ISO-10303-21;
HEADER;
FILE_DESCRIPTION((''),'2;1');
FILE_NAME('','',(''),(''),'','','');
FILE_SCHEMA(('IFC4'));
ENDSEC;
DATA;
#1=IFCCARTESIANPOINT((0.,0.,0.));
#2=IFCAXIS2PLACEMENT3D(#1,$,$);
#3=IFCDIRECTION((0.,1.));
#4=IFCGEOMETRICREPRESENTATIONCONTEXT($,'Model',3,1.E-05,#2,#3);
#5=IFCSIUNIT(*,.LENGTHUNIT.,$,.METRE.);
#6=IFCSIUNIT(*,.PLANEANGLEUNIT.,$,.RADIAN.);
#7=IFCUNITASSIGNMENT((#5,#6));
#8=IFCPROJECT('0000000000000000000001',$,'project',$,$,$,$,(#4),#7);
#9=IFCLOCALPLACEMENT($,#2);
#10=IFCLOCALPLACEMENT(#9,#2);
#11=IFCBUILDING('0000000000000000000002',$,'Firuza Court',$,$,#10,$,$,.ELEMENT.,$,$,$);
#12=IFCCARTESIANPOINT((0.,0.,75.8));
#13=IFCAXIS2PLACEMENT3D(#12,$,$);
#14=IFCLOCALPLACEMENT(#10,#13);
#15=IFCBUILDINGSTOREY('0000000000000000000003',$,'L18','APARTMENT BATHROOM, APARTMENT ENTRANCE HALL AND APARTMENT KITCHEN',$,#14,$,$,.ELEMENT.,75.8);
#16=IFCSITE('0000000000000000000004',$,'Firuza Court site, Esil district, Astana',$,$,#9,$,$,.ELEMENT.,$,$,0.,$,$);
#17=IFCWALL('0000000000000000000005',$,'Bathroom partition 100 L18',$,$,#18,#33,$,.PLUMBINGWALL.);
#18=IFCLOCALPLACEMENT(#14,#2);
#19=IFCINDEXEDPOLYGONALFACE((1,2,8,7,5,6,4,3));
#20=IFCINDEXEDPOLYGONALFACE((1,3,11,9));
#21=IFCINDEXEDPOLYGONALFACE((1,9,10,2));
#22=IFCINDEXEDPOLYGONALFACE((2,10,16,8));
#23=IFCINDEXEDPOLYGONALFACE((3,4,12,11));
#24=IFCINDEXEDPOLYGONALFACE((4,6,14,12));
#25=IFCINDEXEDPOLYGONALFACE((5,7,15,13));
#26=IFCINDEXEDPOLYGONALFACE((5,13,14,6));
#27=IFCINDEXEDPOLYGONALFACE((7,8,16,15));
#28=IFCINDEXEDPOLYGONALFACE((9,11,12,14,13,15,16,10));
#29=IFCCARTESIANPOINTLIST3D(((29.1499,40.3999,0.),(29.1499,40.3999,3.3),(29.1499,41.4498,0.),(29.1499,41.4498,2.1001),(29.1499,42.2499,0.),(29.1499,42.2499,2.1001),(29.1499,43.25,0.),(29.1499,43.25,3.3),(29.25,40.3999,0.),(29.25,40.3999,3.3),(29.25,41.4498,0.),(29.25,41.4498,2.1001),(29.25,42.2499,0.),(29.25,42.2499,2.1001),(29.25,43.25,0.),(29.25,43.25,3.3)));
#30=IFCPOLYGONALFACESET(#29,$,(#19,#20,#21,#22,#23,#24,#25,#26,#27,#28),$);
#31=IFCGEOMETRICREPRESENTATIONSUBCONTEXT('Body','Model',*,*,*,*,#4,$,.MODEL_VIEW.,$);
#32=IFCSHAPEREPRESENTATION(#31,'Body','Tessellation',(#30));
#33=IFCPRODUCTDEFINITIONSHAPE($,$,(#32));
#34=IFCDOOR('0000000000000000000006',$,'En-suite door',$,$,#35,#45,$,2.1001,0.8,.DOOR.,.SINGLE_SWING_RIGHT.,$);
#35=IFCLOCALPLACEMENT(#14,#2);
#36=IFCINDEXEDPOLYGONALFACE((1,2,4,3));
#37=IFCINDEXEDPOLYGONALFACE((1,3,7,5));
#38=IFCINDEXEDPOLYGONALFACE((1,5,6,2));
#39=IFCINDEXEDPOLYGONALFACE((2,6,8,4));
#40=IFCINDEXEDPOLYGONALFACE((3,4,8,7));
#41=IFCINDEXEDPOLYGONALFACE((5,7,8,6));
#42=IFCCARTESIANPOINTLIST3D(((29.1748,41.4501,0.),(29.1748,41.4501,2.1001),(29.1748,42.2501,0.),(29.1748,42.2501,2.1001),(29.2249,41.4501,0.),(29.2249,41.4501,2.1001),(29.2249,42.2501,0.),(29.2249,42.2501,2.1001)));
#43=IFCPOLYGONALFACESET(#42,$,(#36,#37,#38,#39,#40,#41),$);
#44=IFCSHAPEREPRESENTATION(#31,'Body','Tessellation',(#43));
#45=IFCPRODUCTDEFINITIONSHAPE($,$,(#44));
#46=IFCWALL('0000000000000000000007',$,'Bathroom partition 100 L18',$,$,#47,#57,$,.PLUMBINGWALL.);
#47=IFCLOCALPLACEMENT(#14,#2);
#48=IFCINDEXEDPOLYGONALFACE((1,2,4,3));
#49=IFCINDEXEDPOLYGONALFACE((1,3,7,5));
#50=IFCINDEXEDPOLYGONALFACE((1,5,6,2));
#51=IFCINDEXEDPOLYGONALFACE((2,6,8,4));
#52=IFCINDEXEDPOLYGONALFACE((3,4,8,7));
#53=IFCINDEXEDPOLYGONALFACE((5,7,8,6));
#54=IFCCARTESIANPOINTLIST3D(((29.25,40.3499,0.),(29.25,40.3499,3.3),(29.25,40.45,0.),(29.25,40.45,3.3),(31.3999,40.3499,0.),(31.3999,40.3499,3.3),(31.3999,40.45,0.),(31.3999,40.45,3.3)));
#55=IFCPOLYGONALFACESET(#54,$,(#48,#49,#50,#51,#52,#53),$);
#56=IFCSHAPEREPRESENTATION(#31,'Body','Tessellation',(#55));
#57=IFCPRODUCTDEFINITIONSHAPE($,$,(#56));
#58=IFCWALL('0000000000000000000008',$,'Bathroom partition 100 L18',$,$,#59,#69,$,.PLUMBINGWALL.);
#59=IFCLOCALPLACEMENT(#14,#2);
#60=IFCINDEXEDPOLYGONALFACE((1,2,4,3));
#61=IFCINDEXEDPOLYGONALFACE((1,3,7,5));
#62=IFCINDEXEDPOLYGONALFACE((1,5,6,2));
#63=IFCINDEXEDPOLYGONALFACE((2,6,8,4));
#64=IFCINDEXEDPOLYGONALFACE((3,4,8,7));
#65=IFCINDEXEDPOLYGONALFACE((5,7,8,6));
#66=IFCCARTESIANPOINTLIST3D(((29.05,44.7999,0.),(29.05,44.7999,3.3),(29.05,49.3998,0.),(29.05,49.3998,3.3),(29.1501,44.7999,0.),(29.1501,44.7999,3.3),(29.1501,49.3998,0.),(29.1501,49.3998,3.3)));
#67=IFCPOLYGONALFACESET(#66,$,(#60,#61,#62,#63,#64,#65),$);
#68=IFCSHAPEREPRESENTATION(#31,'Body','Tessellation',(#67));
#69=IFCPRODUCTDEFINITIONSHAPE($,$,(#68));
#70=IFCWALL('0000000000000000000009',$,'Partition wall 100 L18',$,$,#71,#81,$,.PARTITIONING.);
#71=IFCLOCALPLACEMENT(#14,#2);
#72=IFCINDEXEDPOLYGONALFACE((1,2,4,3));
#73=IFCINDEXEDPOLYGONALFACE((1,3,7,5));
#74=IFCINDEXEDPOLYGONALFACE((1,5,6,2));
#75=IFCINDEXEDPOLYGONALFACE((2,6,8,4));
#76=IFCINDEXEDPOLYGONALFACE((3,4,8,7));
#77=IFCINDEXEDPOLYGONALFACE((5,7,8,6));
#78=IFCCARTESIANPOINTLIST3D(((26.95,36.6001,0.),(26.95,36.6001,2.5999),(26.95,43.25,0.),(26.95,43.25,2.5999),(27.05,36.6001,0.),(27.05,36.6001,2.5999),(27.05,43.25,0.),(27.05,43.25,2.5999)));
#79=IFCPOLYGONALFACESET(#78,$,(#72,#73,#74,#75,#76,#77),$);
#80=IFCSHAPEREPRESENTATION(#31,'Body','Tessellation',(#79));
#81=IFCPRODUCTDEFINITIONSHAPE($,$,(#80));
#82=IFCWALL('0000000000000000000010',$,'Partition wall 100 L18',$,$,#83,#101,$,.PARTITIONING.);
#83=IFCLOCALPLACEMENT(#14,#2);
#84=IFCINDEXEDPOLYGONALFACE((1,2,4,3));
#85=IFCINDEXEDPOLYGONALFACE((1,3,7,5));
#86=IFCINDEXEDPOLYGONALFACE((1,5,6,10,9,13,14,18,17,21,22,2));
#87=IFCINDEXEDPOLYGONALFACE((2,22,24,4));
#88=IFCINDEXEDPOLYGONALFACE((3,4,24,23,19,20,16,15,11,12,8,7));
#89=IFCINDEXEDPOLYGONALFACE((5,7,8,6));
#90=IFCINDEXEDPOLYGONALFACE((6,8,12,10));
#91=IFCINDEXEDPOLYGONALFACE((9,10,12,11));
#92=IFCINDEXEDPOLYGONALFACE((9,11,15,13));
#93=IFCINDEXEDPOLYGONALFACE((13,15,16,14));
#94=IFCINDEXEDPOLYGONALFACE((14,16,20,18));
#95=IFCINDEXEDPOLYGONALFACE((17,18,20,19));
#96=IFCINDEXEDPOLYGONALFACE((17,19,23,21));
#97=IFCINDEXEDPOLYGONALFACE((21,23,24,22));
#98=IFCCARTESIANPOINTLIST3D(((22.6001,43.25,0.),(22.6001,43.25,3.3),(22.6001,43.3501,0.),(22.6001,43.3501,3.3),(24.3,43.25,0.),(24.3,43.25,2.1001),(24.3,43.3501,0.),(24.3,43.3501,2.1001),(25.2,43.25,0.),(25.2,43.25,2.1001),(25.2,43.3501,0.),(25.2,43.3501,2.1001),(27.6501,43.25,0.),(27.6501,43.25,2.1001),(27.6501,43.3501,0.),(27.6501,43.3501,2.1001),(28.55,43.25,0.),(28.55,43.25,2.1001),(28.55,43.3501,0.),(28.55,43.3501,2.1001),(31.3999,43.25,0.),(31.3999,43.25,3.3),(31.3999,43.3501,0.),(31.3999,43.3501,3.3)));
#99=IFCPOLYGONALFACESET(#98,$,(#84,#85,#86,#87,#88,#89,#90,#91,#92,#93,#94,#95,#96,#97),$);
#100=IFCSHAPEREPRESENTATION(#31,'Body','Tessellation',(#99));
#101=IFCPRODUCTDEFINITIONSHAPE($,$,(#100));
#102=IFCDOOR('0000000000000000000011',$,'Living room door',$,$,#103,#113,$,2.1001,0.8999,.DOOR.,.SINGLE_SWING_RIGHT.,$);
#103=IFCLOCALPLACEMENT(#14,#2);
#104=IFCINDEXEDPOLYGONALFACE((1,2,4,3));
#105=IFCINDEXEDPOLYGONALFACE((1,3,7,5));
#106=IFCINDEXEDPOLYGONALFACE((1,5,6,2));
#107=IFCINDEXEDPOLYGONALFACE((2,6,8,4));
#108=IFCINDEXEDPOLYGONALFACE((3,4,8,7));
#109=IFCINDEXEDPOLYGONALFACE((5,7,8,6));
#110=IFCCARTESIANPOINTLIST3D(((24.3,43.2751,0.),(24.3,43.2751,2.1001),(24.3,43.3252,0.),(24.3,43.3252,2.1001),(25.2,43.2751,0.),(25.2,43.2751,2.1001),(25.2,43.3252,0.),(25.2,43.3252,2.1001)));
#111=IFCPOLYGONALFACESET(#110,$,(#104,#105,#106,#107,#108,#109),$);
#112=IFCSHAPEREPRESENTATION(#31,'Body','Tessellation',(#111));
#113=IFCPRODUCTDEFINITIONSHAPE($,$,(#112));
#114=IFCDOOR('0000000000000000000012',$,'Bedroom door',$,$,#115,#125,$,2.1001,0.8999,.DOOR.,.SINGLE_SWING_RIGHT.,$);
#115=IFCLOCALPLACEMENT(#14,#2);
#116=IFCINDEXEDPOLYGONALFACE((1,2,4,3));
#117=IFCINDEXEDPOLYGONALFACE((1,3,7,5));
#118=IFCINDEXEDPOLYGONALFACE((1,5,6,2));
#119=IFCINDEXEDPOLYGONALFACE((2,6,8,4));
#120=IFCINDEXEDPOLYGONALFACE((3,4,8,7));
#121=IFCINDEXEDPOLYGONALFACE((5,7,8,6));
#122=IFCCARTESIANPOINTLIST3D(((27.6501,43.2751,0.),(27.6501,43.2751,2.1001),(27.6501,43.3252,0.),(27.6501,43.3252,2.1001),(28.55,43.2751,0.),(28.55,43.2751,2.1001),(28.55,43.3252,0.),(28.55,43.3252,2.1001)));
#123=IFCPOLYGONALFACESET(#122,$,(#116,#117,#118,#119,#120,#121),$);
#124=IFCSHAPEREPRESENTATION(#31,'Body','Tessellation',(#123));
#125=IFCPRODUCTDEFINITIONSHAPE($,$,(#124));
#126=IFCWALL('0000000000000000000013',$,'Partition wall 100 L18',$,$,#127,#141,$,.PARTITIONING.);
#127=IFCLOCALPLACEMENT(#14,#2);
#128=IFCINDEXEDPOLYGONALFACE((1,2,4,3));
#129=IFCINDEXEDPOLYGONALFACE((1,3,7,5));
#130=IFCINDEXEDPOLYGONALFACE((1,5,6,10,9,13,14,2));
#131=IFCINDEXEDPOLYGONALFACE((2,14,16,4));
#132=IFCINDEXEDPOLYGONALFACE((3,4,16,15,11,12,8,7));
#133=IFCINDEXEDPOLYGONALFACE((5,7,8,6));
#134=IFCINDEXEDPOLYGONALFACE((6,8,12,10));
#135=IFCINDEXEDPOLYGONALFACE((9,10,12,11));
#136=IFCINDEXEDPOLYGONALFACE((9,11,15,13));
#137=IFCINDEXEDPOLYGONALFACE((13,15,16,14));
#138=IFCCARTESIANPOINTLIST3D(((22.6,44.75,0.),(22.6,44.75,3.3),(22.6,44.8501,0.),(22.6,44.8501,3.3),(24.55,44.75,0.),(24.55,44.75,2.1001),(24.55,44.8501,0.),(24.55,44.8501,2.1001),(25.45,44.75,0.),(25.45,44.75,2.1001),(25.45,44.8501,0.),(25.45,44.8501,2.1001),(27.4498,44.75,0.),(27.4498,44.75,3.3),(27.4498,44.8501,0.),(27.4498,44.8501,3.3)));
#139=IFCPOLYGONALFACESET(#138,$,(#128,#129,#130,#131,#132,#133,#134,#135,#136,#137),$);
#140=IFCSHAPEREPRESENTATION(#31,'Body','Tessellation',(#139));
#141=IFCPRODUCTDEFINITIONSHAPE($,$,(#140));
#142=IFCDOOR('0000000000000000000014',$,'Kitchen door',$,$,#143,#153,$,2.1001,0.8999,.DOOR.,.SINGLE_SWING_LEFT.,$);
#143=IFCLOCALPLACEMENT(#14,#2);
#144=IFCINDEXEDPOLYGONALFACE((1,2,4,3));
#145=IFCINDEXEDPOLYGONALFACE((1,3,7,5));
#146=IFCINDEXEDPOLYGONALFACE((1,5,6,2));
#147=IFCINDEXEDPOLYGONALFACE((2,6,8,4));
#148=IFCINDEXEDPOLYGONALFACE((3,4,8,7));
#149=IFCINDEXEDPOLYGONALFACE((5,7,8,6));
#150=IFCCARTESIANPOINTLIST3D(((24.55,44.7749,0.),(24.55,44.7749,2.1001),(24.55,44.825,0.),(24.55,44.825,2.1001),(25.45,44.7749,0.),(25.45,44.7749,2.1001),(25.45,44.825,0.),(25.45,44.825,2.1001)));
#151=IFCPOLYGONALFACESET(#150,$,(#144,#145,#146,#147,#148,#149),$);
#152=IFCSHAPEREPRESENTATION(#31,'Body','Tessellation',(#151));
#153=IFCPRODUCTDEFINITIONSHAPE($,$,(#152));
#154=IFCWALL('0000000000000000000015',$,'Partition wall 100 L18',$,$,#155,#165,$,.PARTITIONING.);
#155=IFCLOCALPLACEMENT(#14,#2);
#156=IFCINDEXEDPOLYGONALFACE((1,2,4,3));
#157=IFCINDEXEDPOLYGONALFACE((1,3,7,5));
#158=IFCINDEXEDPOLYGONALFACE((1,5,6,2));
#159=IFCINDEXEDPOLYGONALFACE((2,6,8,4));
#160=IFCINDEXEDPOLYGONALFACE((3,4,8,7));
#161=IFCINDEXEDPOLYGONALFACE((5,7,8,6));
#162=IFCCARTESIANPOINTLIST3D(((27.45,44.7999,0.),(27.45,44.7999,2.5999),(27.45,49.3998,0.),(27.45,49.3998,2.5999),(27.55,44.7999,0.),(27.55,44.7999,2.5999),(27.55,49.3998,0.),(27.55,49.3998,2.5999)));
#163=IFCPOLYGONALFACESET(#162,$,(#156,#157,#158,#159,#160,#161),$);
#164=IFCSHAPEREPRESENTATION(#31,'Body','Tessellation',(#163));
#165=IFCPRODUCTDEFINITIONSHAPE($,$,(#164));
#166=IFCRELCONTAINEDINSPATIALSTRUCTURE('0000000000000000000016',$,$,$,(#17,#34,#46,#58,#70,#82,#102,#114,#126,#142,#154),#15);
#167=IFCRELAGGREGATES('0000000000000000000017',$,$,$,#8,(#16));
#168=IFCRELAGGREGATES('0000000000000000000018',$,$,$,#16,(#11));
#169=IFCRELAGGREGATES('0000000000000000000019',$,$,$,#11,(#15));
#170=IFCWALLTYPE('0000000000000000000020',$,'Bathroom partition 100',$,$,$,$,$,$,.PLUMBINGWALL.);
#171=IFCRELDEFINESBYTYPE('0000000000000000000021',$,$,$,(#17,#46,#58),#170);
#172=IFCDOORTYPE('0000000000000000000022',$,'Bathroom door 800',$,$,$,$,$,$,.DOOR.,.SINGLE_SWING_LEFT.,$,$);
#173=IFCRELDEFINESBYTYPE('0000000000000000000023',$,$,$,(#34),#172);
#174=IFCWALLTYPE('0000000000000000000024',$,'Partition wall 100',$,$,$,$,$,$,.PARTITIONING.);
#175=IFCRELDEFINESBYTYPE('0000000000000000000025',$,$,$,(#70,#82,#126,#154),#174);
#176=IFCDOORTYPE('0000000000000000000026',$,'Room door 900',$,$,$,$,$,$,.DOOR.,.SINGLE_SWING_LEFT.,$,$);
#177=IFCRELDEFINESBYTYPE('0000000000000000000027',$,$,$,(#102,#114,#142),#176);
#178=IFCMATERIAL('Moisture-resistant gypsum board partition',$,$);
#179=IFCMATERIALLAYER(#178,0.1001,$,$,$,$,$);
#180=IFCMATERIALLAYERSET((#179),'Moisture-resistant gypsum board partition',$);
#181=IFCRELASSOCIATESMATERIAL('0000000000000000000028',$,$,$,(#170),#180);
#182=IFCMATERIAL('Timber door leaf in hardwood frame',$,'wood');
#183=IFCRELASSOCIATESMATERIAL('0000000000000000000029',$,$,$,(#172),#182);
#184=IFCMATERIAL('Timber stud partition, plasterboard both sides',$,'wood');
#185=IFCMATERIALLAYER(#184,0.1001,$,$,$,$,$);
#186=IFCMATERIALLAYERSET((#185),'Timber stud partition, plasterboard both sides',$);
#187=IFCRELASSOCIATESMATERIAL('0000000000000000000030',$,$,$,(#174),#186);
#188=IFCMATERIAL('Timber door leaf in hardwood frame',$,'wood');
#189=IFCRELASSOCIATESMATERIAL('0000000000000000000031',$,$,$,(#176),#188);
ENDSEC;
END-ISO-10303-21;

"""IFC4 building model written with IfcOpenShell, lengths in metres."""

from ifc_helpers import new_model, si_unit, direction, frame, frame_2d, origin, place, context, subcontext, project, spatial, rectangle, extrude, material, layer, layer_set, type_object, element, fill, save


model = new_model("IFC4")

# Units and contexts
model_context = context("Model", 3, precision=1e-05, world=origin(), true_north=direction((0.0, 1.0)))
body_context = subcontext(model_context, "Body", "Model", "MODEL_VIEW")
ifc_project = project(units=[si_unit("LENGTHUNIT", "METRE"), si_unit("PLANEANGLEUNIT", "RADIAN")], contexts=[model_context])

# Site, building, storey
site_placement = place(None, origin())
site = spatial("IfcSite", under=ifc_project, at=site_placement, Name="Firuza Court site, Esil district, Astana", CompositionType="ELEMENT", RefElevation=0.0)
building_placement = place(site_placement, origin())
building = spatial("IfcBuilding", under=site, at=building_placement, Name="Firuza Court", CompositionType="ELEMENT")
storey_placement = place(building_placement, frame((0.0, 0.0, 75.8)))
storey = spatial("IfcBuildingStorey", under=building, at=storey_placement, Name="L18", Description="APARTMENT BATHROOM, APARTMENT ENTRANCE HALL AND APARTMENT KITCHEN", CompositionType="ELEMENT", Elevation=75.8)

# Wall, opening, door
ifc_material_1 = material(Name="Moisture-resistant gypsum board partition")
ifc_layer_1 = layer(ifc_material_1, 0.1001)
ifc_layer_set_1 = layer_set([ifc_layer_1], Name="Moisture-resistant gypsum board partition")
wall_type_1 = type_object("IfcWallType", Name="Bathroom partition 100", PredefinedType="PLUMBINGWALL", material=ifc_layer_set_1)
wall_1_placement = place(storey_placement, frame((29.2, 40.3999, 0.0), z_axis=(0.0, 0.0, 1.0), x_axis=(0.0, 1.0, 0.0)))
wall_1 = element("IfcWall", 1, at=wall_1_placement, inside=storey, type_object=wall_type_1, Name="Bathroom partition 100 L18", PredefinedType="PLUMBINGWALL", context=body_context, shape_type="SweptSolid", body=[
    extrude(rectangle(XDim=2.8501, YDim=0.1001, at=frame_2d((1.425, 0.0))), origin(), (0.0, 0.0, 1.0), 3.3),
])
opening_1_placement = place(wall_1_placement, frame((1.05, 0.0, 0.0)))
opening_1 = element("IfcOpeningElement", 2, at=opening_1_placement, cuts=wall_1, PredefinedType="OPENING", context=body_context, shape_type="SweptSolid", body=[
    extrude(rectangle(XDim=0.8, YDim=2.1001, at=frame_2d((0.3999, 1.05))), frame((0.0, 0.062, 0.0), z_axis=(0.0, -1.0, 0.0), x_axis=(1.0, 0.0, 0.0)), (0.0, 0.0, 1.0), 0.124),
])
ifc_material_2 = material(Name="Timber door leaf in hardwood frame", Category="wood")
door_type_1 = type_object("IfcDoorType", Name="Bathroom door 800", OperationType="SINGLE_SWING_LEFT", PredefinedType="DOOR", material=ifc_material_2)
door_1_placement = place(opening_1_placement, frame((0.8, 0.0, 0.0), z_axis=(0.0, 0.0, 1.0), x_axis=(-1.0, 0.0, 0.0)))
door_1 = element("IfcDoor", 3, at=door_1_placement, inside=storey, type_object=door_type_1, Name="En-suite door", OperationType="SINGLE_SWING_RIGHT", OverallHeight=2.1001, OverallWidth=0.8, PredefinedType="DOOR", context=body_context, shape_type="SweptSolid", body=[
    extrude(rectangle(XDim=0.8, YDim=2.1001, at=frame_2d((0.3999, 1.05))), frame((0.0, 0.0249, 0.0), z_axis=(0.0, -1.0, 0.0), x_axis=(1.0, 0.0, 0.0)), (0.0, 0.0, 1.0), 0.05),
])
fill(opening_1, door_1)

# Walls
wall_2_placement = place(storey_placement, frame((29.25, 40.3999, 0.0), z_axis=(0.0, 0.0, 1.0), x_axis=(1.0, 0.0, 0.0)))
element("IfcWall", 4, at=wall_2_placement, inside=storey, type_object=wall_type_1, Name="Bathroom partition 100 L18", PredefinedType="PLUMBINGWALL", context=body_context, shape_type="SweptSolid", body=[
    extrude(rectangle(XDim=2.1499, YDim=0.1001, at=frame_2d((1.075, 0.0))), origin(), (0.0, 0.0, 1.0), 3.3),
])
wall_3_placement = place(storey_placement, frame((29.1001, 44.8, 0.0), z_axis=(0.0, 0.0, 1.0), x_axis=(0.0, 1.0, 0.0)))
element("IfcWall", 5, at=wall_3_placement, inside=storey, type_object=wall_type_1, Name="Bathroom partition 100 L18", PredefinedType="PLUMBINGWALL", context=body_context, shape_type="SweptSolid", body=[
    extrude(rectangle(XDim=4.5999, YDim=0.1001, at=frame_2d((2.2998, 0.0))), origin(), (0.0, 0.0, 1.0), 3.3),
])
ifc_material_3 = material(Name="Timber stud partition, plasterboard both sides", Category="wood")
ifc_layer_2 = layer(ifc_material_3, 0.1001)
ifc_layer_set_2 = layer_set([ifc_layer_2], Name="Timber stud partition, plasterboard both sides")
wall_type_2 = type_object("IfcWallType", Name="Partition wall 100", PredefinedType="PARTITIONING", material=ifc_layer_set_2)
wall_4_placement = place(storey_placement, frame((27.0, 36.6001, 0.0), z_axis=(0.0, 0.0, 1.0), x_axis=(0.0, 1.0, 0.0)))
element("IfcWall", 6, at=wall_4_placement, inside=storey, type_object=wall_type_2, Name="Partition wall 100 L18", PredefinedType="PARTITIONING", context=body_context, shape_type="SweptSolid", body=[
    extrude(rectangle(XDim=6.6499, YDim=0.1001, at=frame_2d((3.325, 0.0))), origin(), (0.0, 0.0, 1.0), 2.5999),
])

# Wall, openings, doors
wall_5_placement = place(storey_placement, frame((22.6001, 43.3, 0.0), z_axis=(0.0, 0.0, 1.0), x_axis=(1.0, 0.0, 0.0)))
wall_5 = element("IfcWall", 7, at=wall_5_placement, inside=storey, type_object=wall_type_2, Name="Partition wall 100 L18", PredefinedType="PARTITIONING", context=body_context, shape_type="SweptSolid", body=[
    extrude(rectangle(XDim=8.7998, YDim=0.1001, at=frame_2d((4.3999, 0.0))), origin(), (0.0, 0.0, 1.0), 3.3),
])
opening_2_placement = place(wall_5_placement, frame((1.7, 0.0, 0.0)))
opening_2 = element("IfcOpeningElement", 8, at=opening_2_placement, cuts=wall_5, PredefinedType="OPENING", context=body_context, shape_type="SweptSolid", body=[
    extrude(rectangle(XDim=0.8999, YDim=2.1001, at=frame_2d((0.45, 1.05))), frame((0.0, 0.062, 0.0), z_axis=(0.0, -1.0, 0.0), x_axis=(1.0, 0.0, 0.0)), (0.0, 0.0, 1.0), 0.124),
])
opening_3_placement = place(wall_5_placement, frame((5.05, 0.0, 0.0)))
opening_3 = element("IfcOpeningElement", 9, at=opening_3_placement, cuts=wall_5, PredefinedType="OPENING", context=body_context, shape_type="SweptSolid", body=[
    extrude(rectangle(XDim=0.8999, YDim=2.1001, at=frame_2d((0.45, 1.05))), frame((0.0, 0.062, 0.0), z_axis=(0.0, -1.0, 0.0), x_axis=(1.0, 0.0, 0.0)), (0.0, 0.0, 1.0), 0.124),
])
ifc_material_4 = material(Name="Timber door leaf in hardwood frame", Category="wood")
door_type_2 = type_object("IfcDoorType", Name="Room door 900", OperationType="SINGLE_SWING_LEFT", PredefinedType="DOOR", material=ifc_material_4)
door_2_placement = place(opening_2_placement, frame((0.8999, 0.0, 0.0), z_axis=(0.0, 0.0, 1.0), x_axis=(-1.0, 0.0, 0.0)))
door_2 = element("IfcDoor", 10, at=door_2_placement, inside=storey, type_object=door_type_2, Name="Living room door", OperationType="SINGLE_SWING_RIGHT", OverallHeight=2.1001, OverallWidth=0.8999, PredefinedType="DOOR", context=body_context, shape_type="SweptSolid", body=[
    extrude(rectangle(XDim=0.8999, YDim=2.1001, at=frame_2d((0.45, 1.05))), frame((0.0, 0.0249, 0.0), z_axis=(0.0, -1.0, 0.0), x_axis=(1.0, 0.0, 0.0)), (0.0, 0.0, 1.0), 0.05),
])
fill(opening_2, door_2)
door_3_placement = place(opening_3_placement, frame((0.8999, 0.0, 0.0), z_axis=(0.0, 0.0, 1.0), x_axis=(-1.0, 0.0, 0.0)))
door_3 = element("IfcDoor", 11, at=door_3_placement, inside=storey, type_object=door_type_2, Name="Bedroom door", OperationType="SINGLE_SWING_RIGHT", OverallHeight=2.1001, OverallWidth=0.8999, PredefinedType="DOOR", context=body_context, shape_type="SweptSolid", body=[
    extrude(rectangle(XDim=0.8999, YDim=2.1001, at=frame_2d((0.45, 1.05))), frame((0.0, 0.0249, 0.0), z_axis=(0.0, -1.0, 0.0), x_axis=(1.0, 0.0, 0.0)), (0.0, 0.0, 1.0), 0.05),
])
fill(opening_3, door_3)

# Wall, opening, door
wall_6_placement = place(storey_placement, frame((22.6001, 44.8, 0.0), z_axis=(0.0, 0.0, 1.0), x_axis=(1.0, 0.0, 0.0)))
wall_6 = element("IfcWall", 12, at=wall_6_placement, inside=storey, type_object=wall_type_2, Name="Partition wall 100 L18", PredefinedType="PARTITIONING", context=body_context, shape_type="SweptSolid", body=[
    extrude(rectangle(XDim=4.8499, YDim=0.1001, at=frame_2d((2.4248, 0.0))), origin(), (0.0, 0.0, 1.0), 3.3),
])
opening_4_placement = place(wall_6_placement, frame((1.95, 0.0, 0.0)))
opening_4 = element("IfcOpeningElement", 13, at=opening_4_placement, cuts=wall_6, PredefinedType="OPENING", context=body_context, shape_type="SweptSolid", body=[
    extrude(rectangle(XDim=0.8999, YDim=2.1001, at=frame_2d((0.45, 1.05))), frame((0.0, 0.062, 0.0), z_axis=(0.0, -1.0, 0.0), x_axis=(1.0, 0.0, 0.0)), (0.0, 0.0, 1.0), 0.124),
])
door_4_placement = place(opening_4_placement, origin())
door_4 = element("IfcDoor", 14, at=door_4_placement, inside=storey, type_object=door_type_2, Name="Kitchen door", OperationType="SINGLE_SWING_LEFT", OverallHeight=2.1001, OverallWidth=0.8999, PredefinedType="DOOR", context=body_context, shape_type="SweptSolid", body=[
    extrude(rectangle(XDim=0.8999, YDim=2.1001, at=frame_2d((0.45, 1.05))), frame((0.0, 0.0249, 0.0), z_axis=(0.0, -1.0, 0.0), x_axis=(1.0, 0.0, 0.0)), (0.0, 0.0, 1.0), 0.05),
])
fill(opening_4, door_4)

# Wall
wall_7_placement = place(storey_placement, frame((27.5, 44.8, 0.0), z_axis=(0.0, 0.0, 1.0), x_axis=(0.0, 1.0, 0.0)))
element("IfcWall", 15, at=wall_7_placement, inside=storey, type_object=wall_type_2, Name="Partition wall 100 L18", PredefinedType="PARTITIONING", context=body_context, shape_type="SweptSolid", body=[
    extrude(rectangle(XDim=4.5999, YDim=0.1001, at=frame_2d((2.2998, 0.0))), origin(), (0.0, 0.0, 1.0), 2.5999),
])

save(model, "model.ifc")
